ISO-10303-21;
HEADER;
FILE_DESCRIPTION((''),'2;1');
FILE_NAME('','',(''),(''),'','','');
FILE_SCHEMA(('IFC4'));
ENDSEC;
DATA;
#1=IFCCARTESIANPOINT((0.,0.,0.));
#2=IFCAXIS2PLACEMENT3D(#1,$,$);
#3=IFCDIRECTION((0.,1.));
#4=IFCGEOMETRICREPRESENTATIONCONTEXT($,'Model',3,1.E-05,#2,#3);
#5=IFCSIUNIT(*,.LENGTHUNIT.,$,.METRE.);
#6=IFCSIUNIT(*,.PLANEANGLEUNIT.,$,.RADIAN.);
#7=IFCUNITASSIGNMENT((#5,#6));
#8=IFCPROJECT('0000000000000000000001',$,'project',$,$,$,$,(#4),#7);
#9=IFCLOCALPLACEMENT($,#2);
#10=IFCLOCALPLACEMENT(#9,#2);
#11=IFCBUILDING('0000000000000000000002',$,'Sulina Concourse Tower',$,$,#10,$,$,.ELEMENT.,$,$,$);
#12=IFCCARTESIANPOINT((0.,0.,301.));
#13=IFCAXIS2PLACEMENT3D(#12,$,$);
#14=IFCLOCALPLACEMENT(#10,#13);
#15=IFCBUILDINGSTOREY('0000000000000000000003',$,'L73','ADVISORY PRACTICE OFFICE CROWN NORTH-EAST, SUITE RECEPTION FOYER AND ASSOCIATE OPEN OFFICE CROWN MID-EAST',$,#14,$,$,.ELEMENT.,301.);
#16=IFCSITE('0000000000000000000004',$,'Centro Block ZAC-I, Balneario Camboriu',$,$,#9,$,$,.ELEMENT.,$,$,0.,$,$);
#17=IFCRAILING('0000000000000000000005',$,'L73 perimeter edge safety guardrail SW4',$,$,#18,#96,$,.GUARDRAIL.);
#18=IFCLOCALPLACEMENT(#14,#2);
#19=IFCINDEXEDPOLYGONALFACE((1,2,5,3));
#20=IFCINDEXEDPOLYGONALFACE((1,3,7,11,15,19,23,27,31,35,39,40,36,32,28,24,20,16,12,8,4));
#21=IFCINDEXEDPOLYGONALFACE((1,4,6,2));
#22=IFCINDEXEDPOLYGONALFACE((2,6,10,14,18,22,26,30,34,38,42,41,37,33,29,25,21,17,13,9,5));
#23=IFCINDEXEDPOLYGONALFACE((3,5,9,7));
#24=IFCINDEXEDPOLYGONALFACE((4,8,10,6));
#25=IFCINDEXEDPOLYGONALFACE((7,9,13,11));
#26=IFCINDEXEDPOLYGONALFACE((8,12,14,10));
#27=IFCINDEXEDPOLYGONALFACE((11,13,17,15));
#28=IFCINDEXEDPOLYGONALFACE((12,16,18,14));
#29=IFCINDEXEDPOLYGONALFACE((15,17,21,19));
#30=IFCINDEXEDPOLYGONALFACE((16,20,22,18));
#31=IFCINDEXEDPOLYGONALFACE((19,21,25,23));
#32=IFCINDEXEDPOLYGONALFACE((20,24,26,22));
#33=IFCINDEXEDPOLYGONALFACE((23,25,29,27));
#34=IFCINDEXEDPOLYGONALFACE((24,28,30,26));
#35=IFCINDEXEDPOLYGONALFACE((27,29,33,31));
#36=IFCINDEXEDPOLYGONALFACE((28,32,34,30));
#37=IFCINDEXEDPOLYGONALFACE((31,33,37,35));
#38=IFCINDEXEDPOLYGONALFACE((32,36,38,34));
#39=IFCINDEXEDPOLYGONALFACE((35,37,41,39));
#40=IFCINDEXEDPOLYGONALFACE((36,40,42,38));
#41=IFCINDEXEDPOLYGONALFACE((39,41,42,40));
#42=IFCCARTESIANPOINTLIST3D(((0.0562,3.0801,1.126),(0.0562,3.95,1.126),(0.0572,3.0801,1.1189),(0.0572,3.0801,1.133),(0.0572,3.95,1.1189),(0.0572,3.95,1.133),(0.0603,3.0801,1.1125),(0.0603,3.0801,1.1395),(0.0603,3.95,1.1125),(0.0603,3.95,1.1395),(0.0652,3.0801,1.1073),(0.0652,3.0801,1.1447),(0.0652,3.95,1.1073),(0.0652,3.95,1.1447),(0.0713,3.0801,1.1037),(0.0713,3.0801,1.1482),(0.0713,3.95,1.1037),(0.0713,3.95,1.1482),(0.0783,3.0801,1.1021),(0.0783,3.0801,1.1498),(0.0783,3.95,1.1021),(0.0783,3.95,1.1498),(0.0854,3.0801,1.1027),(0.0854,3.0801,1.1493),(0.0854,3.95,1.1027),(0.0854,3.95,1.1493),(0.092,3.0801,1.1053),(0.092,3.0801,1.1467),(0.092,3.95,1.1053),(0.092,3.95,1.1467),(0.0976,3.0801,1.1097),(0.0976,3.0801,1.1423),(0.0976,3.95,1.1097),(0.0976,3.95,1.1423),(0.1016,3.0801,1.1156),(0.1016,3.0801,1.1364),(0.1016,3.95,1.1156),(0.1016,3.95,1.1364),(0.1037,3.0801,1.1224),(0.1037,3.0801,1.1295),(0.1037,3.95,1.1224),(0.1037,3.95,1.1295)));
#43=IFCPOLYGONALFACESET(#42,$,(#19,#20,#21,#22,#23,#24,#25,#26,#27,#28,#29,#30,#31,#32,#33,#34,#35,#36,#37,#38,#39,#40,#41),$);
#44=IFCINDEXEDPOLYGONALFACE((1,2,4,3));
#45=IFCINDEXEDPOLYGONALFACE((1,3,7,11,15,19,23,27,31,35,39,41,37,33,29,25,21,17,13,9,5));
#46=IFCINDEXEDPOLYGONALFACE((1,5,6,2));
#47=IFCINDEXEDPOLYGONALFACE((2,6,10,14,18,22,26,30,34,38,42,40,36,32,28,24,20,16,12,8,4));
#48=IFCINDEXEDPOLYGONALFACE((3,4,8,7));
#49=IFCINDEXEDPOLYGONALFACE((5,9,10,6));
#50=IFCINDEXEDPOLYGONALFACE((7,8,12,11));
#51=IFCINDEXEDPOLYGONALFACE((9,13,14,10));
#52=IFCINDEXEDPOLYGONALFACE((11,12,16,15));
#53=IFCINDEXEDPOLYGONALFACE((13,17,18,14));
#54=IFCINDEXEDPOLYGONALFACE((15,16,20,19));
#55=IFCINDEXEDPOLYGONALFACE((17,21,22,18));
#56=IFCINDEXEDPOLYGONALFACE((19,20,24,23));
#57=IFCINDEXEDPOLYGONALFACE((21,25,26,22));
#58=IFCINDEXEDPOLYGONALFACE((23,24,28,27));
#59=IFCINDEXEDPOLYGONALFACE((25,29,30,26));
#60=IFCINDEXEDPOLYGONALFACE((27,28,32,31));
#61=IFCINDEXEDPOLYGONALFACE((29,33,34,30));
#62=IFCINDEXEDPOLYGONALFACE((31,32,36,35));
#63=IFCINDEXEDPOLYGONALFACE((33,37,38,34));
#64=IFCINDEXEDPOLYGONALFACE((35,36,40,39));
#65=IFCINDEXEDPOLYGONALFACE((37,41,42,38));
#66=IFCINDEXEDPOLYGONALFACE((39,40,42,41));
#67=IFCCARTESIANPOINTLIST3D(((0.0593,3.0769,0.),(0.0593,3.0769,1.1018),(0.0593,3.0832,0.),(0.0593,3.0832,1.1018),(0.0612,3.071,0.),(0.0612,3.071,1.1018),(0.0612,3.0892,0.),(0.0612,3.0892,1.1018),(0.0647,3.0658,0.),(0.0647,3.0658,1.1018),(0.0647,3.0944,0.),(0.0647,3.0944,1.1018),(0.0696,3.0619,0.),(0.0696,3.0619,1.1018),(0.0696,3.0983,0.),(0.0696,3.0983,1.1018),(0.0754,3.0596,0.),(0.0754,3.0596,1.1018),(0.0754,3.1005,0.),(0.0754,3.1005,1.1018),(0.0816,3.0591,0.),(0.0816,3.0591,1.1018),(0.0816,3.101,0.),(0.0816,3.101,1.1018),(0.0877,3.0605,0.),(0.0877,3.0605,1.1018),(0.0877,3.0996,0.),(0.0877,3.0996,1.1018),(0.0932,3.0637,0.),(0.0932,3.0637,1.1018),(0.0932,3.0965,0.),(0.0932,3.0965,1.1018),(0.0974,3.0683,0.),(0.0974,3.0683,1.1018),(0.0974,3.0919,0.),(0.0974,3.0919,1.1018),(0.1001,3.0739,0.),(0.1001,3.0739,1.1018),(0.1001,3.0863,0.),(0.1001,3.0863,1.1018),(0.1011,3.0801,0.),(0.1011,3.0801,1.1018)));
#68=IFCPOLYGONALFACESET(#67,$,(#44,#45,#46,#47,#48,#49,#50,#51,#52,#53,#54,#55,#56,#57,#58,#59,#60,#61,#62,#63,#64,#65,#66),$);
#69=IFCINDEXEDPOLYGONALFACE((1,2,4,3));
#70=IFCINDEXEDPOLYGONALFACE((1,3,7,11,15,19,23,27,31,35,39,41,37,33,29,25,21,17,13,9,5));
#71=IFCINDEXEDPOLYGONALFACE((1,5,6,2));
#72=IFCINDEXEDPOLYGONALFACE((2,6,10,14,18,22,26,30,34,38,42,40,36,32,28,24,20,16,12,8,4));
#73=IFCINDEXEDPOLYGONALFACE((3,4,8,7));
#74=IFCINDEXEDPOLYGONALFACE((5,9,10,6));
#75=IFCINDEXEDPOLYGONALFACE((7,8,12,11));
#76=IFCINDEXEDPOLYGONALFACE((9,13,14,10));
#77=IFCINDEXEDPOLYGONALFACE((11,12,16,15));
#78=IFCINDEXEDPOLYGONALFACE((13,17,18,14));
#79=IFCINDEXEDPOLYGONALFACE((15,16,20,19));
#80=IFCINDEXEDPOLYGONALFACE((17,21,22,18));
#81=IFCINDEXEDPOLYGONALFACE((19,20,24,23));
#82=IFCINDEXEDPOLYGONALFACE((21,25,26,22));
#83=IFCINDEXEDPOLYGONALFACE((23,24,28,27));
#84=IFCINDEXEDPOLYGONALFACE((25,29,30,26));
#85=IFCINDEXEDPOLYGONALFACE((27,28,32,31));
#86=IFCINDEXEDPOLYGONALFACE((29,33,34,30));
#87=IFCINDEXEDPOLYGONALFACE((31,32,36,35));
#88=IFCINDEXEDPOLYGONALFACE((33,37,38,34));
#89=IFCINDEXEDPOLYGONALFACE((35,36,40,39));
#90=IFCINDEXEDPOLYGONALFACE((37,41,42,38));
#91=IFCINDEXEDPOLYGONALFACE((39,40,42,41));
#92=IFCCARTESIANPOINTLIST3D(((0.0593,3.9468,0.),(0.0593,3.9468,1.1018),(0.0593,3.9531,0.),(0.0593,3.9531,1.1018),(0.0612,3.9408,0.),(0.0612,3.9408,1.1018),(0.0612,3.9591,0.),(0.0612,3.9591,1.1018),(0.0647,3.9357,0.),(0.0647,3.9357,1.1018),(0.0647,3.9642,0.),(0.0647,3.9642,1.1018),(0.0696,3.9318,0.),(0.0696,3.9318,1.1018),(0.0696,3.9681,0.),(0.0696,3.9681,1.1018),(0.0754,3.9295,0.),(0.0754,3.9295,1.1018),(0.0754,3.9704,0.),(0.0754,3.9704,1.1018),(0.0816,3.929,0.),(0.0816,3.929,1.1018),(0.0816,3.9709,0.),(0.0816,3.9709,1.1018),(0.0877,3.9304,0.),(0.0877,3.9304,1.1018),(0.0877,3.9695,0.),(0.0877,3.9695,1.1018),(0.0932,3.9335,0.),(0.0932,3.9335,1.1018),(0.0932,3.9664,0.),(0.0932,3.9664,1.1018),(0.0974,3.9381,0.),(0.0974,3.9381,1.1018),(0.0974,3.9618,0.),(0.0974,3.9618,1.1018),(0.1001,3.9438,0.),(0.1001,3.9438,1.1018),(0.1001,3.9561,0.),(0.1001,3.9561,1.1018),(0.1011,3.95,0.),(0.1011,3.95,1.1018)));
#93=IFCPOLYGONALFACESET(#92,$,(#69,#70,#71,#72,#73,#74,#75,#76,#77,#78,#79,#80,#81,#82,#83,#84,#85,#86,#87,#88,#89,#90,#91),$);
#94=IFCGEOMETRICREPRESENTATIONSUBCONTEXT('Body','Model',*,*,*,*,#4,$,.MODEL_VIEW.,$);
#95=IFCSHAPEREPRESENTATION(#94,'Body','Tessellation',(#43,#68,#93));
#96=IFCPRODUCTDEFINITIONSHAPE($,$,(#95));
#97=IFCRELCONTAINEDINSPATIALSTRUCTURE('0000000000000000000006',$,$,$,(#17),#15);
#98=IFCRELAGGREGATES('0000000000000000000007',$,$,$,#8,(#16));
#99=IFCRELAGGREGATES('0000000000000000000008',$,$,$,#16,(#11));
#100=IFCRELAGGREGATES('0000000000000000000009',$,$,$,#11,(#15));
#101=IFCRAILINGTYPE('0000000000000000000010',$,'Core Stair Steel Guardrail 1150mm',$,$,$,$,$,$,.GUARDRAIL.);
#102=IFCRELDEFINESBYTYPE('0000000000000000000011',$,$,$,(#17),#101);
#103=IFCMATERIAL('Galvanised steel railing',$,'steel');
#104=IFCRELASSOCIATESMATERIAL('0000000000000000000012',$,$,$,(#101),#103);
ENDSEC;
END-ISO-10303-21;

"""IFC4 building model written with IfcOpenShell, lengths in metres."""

from ifc_helpers import new_model, si_unit, direction, frame, origin, origin_2d, place, context, subcontext, project, spatial, circle, extrude, material, type_object, element, save


model = new_model("IFC4")

# Units and contexts
model_context = context("Model", 3, precision=1e-05, world=origin(), true_north=direction((0.0, 1.0)))
body_context = subcontext(model_context, "Body", "Model", "MODEL_VIEW")
ifc_project = project(units=[si_unit("LENGTHUNIT", "METRE"), si_unit("PLANEANGLEUNIT", "RADIAN")], contexts=[model_context])

# Site, building, storey
site_placement = place(None, origin())
site = spatial("IfcSite", under=ifc_project, at=site_placement, Name="Centro Block ZAC-I, Balneario Camboriu", CompositionType="ELEMENT", RefElevation=0.0)
building_placement = place(site_placement, origin())
building = spatial("IfcBuilding", under=site, at=building_placement, Name="Sulina Concourse Tower", CompositionType="ELEMENT")
storey_placement = place(building_placement, frame((0.0, 0.0, 301.0)))
storey = spatial("IfcBuildingStorey", under=building, at=storey_placement, Name="L73", Description="ADVISORY PRACTICE OFFICE CROWN NORTH-EAST, SUITE RECEPTION FOYER AND ASSOCIATE OPEN OFFICE CROWN MID-EAST", CompositionType="ELEMENT", Elevation=301.0)

# Railing
ifc_material_1 = material(Name="Galvanised steel railing", Category="steel")
railing_type = type_object("IfcRailingType", Name="Core Stair Steel Guardrail 1150mm", PredefinedType="GUARDRAIL", material=ifc_material_1)
railing_1_placement = place(storey_placement, frame((0.0801, 3.0801, 0.0)))
element("IfcRailing", 1, at=railing_1_placement, inside=storey, type_object=railing_type, Name="L73 perimeter edge safety guardrail SW4", PredefinedType="GUARDRAIL", context=body_context, shape_type="SweptSolid", body=[
    extrude(circle(Radius=0.0239, at=origin_2d()), frame((0.0, 0.0, 1.126), z_axis=(0.0, 1.0, 0.0), x_axis=(-1.0, 0.0, 0.0)), (0.0, 0.0, 1.0), 0.8699),
    extrude(circle(Radius=0.021, at=origin_2d()), origin(), (0.0, 0.0, 1.0), 1.1018),
    extrude(circle(Radius=0.021, at=origin_2d()), frame((0.0, 0.8699, 0.0)), (0.0, 0.0, 1.0), 1.1018),
])

save(model, "model.ifc")
